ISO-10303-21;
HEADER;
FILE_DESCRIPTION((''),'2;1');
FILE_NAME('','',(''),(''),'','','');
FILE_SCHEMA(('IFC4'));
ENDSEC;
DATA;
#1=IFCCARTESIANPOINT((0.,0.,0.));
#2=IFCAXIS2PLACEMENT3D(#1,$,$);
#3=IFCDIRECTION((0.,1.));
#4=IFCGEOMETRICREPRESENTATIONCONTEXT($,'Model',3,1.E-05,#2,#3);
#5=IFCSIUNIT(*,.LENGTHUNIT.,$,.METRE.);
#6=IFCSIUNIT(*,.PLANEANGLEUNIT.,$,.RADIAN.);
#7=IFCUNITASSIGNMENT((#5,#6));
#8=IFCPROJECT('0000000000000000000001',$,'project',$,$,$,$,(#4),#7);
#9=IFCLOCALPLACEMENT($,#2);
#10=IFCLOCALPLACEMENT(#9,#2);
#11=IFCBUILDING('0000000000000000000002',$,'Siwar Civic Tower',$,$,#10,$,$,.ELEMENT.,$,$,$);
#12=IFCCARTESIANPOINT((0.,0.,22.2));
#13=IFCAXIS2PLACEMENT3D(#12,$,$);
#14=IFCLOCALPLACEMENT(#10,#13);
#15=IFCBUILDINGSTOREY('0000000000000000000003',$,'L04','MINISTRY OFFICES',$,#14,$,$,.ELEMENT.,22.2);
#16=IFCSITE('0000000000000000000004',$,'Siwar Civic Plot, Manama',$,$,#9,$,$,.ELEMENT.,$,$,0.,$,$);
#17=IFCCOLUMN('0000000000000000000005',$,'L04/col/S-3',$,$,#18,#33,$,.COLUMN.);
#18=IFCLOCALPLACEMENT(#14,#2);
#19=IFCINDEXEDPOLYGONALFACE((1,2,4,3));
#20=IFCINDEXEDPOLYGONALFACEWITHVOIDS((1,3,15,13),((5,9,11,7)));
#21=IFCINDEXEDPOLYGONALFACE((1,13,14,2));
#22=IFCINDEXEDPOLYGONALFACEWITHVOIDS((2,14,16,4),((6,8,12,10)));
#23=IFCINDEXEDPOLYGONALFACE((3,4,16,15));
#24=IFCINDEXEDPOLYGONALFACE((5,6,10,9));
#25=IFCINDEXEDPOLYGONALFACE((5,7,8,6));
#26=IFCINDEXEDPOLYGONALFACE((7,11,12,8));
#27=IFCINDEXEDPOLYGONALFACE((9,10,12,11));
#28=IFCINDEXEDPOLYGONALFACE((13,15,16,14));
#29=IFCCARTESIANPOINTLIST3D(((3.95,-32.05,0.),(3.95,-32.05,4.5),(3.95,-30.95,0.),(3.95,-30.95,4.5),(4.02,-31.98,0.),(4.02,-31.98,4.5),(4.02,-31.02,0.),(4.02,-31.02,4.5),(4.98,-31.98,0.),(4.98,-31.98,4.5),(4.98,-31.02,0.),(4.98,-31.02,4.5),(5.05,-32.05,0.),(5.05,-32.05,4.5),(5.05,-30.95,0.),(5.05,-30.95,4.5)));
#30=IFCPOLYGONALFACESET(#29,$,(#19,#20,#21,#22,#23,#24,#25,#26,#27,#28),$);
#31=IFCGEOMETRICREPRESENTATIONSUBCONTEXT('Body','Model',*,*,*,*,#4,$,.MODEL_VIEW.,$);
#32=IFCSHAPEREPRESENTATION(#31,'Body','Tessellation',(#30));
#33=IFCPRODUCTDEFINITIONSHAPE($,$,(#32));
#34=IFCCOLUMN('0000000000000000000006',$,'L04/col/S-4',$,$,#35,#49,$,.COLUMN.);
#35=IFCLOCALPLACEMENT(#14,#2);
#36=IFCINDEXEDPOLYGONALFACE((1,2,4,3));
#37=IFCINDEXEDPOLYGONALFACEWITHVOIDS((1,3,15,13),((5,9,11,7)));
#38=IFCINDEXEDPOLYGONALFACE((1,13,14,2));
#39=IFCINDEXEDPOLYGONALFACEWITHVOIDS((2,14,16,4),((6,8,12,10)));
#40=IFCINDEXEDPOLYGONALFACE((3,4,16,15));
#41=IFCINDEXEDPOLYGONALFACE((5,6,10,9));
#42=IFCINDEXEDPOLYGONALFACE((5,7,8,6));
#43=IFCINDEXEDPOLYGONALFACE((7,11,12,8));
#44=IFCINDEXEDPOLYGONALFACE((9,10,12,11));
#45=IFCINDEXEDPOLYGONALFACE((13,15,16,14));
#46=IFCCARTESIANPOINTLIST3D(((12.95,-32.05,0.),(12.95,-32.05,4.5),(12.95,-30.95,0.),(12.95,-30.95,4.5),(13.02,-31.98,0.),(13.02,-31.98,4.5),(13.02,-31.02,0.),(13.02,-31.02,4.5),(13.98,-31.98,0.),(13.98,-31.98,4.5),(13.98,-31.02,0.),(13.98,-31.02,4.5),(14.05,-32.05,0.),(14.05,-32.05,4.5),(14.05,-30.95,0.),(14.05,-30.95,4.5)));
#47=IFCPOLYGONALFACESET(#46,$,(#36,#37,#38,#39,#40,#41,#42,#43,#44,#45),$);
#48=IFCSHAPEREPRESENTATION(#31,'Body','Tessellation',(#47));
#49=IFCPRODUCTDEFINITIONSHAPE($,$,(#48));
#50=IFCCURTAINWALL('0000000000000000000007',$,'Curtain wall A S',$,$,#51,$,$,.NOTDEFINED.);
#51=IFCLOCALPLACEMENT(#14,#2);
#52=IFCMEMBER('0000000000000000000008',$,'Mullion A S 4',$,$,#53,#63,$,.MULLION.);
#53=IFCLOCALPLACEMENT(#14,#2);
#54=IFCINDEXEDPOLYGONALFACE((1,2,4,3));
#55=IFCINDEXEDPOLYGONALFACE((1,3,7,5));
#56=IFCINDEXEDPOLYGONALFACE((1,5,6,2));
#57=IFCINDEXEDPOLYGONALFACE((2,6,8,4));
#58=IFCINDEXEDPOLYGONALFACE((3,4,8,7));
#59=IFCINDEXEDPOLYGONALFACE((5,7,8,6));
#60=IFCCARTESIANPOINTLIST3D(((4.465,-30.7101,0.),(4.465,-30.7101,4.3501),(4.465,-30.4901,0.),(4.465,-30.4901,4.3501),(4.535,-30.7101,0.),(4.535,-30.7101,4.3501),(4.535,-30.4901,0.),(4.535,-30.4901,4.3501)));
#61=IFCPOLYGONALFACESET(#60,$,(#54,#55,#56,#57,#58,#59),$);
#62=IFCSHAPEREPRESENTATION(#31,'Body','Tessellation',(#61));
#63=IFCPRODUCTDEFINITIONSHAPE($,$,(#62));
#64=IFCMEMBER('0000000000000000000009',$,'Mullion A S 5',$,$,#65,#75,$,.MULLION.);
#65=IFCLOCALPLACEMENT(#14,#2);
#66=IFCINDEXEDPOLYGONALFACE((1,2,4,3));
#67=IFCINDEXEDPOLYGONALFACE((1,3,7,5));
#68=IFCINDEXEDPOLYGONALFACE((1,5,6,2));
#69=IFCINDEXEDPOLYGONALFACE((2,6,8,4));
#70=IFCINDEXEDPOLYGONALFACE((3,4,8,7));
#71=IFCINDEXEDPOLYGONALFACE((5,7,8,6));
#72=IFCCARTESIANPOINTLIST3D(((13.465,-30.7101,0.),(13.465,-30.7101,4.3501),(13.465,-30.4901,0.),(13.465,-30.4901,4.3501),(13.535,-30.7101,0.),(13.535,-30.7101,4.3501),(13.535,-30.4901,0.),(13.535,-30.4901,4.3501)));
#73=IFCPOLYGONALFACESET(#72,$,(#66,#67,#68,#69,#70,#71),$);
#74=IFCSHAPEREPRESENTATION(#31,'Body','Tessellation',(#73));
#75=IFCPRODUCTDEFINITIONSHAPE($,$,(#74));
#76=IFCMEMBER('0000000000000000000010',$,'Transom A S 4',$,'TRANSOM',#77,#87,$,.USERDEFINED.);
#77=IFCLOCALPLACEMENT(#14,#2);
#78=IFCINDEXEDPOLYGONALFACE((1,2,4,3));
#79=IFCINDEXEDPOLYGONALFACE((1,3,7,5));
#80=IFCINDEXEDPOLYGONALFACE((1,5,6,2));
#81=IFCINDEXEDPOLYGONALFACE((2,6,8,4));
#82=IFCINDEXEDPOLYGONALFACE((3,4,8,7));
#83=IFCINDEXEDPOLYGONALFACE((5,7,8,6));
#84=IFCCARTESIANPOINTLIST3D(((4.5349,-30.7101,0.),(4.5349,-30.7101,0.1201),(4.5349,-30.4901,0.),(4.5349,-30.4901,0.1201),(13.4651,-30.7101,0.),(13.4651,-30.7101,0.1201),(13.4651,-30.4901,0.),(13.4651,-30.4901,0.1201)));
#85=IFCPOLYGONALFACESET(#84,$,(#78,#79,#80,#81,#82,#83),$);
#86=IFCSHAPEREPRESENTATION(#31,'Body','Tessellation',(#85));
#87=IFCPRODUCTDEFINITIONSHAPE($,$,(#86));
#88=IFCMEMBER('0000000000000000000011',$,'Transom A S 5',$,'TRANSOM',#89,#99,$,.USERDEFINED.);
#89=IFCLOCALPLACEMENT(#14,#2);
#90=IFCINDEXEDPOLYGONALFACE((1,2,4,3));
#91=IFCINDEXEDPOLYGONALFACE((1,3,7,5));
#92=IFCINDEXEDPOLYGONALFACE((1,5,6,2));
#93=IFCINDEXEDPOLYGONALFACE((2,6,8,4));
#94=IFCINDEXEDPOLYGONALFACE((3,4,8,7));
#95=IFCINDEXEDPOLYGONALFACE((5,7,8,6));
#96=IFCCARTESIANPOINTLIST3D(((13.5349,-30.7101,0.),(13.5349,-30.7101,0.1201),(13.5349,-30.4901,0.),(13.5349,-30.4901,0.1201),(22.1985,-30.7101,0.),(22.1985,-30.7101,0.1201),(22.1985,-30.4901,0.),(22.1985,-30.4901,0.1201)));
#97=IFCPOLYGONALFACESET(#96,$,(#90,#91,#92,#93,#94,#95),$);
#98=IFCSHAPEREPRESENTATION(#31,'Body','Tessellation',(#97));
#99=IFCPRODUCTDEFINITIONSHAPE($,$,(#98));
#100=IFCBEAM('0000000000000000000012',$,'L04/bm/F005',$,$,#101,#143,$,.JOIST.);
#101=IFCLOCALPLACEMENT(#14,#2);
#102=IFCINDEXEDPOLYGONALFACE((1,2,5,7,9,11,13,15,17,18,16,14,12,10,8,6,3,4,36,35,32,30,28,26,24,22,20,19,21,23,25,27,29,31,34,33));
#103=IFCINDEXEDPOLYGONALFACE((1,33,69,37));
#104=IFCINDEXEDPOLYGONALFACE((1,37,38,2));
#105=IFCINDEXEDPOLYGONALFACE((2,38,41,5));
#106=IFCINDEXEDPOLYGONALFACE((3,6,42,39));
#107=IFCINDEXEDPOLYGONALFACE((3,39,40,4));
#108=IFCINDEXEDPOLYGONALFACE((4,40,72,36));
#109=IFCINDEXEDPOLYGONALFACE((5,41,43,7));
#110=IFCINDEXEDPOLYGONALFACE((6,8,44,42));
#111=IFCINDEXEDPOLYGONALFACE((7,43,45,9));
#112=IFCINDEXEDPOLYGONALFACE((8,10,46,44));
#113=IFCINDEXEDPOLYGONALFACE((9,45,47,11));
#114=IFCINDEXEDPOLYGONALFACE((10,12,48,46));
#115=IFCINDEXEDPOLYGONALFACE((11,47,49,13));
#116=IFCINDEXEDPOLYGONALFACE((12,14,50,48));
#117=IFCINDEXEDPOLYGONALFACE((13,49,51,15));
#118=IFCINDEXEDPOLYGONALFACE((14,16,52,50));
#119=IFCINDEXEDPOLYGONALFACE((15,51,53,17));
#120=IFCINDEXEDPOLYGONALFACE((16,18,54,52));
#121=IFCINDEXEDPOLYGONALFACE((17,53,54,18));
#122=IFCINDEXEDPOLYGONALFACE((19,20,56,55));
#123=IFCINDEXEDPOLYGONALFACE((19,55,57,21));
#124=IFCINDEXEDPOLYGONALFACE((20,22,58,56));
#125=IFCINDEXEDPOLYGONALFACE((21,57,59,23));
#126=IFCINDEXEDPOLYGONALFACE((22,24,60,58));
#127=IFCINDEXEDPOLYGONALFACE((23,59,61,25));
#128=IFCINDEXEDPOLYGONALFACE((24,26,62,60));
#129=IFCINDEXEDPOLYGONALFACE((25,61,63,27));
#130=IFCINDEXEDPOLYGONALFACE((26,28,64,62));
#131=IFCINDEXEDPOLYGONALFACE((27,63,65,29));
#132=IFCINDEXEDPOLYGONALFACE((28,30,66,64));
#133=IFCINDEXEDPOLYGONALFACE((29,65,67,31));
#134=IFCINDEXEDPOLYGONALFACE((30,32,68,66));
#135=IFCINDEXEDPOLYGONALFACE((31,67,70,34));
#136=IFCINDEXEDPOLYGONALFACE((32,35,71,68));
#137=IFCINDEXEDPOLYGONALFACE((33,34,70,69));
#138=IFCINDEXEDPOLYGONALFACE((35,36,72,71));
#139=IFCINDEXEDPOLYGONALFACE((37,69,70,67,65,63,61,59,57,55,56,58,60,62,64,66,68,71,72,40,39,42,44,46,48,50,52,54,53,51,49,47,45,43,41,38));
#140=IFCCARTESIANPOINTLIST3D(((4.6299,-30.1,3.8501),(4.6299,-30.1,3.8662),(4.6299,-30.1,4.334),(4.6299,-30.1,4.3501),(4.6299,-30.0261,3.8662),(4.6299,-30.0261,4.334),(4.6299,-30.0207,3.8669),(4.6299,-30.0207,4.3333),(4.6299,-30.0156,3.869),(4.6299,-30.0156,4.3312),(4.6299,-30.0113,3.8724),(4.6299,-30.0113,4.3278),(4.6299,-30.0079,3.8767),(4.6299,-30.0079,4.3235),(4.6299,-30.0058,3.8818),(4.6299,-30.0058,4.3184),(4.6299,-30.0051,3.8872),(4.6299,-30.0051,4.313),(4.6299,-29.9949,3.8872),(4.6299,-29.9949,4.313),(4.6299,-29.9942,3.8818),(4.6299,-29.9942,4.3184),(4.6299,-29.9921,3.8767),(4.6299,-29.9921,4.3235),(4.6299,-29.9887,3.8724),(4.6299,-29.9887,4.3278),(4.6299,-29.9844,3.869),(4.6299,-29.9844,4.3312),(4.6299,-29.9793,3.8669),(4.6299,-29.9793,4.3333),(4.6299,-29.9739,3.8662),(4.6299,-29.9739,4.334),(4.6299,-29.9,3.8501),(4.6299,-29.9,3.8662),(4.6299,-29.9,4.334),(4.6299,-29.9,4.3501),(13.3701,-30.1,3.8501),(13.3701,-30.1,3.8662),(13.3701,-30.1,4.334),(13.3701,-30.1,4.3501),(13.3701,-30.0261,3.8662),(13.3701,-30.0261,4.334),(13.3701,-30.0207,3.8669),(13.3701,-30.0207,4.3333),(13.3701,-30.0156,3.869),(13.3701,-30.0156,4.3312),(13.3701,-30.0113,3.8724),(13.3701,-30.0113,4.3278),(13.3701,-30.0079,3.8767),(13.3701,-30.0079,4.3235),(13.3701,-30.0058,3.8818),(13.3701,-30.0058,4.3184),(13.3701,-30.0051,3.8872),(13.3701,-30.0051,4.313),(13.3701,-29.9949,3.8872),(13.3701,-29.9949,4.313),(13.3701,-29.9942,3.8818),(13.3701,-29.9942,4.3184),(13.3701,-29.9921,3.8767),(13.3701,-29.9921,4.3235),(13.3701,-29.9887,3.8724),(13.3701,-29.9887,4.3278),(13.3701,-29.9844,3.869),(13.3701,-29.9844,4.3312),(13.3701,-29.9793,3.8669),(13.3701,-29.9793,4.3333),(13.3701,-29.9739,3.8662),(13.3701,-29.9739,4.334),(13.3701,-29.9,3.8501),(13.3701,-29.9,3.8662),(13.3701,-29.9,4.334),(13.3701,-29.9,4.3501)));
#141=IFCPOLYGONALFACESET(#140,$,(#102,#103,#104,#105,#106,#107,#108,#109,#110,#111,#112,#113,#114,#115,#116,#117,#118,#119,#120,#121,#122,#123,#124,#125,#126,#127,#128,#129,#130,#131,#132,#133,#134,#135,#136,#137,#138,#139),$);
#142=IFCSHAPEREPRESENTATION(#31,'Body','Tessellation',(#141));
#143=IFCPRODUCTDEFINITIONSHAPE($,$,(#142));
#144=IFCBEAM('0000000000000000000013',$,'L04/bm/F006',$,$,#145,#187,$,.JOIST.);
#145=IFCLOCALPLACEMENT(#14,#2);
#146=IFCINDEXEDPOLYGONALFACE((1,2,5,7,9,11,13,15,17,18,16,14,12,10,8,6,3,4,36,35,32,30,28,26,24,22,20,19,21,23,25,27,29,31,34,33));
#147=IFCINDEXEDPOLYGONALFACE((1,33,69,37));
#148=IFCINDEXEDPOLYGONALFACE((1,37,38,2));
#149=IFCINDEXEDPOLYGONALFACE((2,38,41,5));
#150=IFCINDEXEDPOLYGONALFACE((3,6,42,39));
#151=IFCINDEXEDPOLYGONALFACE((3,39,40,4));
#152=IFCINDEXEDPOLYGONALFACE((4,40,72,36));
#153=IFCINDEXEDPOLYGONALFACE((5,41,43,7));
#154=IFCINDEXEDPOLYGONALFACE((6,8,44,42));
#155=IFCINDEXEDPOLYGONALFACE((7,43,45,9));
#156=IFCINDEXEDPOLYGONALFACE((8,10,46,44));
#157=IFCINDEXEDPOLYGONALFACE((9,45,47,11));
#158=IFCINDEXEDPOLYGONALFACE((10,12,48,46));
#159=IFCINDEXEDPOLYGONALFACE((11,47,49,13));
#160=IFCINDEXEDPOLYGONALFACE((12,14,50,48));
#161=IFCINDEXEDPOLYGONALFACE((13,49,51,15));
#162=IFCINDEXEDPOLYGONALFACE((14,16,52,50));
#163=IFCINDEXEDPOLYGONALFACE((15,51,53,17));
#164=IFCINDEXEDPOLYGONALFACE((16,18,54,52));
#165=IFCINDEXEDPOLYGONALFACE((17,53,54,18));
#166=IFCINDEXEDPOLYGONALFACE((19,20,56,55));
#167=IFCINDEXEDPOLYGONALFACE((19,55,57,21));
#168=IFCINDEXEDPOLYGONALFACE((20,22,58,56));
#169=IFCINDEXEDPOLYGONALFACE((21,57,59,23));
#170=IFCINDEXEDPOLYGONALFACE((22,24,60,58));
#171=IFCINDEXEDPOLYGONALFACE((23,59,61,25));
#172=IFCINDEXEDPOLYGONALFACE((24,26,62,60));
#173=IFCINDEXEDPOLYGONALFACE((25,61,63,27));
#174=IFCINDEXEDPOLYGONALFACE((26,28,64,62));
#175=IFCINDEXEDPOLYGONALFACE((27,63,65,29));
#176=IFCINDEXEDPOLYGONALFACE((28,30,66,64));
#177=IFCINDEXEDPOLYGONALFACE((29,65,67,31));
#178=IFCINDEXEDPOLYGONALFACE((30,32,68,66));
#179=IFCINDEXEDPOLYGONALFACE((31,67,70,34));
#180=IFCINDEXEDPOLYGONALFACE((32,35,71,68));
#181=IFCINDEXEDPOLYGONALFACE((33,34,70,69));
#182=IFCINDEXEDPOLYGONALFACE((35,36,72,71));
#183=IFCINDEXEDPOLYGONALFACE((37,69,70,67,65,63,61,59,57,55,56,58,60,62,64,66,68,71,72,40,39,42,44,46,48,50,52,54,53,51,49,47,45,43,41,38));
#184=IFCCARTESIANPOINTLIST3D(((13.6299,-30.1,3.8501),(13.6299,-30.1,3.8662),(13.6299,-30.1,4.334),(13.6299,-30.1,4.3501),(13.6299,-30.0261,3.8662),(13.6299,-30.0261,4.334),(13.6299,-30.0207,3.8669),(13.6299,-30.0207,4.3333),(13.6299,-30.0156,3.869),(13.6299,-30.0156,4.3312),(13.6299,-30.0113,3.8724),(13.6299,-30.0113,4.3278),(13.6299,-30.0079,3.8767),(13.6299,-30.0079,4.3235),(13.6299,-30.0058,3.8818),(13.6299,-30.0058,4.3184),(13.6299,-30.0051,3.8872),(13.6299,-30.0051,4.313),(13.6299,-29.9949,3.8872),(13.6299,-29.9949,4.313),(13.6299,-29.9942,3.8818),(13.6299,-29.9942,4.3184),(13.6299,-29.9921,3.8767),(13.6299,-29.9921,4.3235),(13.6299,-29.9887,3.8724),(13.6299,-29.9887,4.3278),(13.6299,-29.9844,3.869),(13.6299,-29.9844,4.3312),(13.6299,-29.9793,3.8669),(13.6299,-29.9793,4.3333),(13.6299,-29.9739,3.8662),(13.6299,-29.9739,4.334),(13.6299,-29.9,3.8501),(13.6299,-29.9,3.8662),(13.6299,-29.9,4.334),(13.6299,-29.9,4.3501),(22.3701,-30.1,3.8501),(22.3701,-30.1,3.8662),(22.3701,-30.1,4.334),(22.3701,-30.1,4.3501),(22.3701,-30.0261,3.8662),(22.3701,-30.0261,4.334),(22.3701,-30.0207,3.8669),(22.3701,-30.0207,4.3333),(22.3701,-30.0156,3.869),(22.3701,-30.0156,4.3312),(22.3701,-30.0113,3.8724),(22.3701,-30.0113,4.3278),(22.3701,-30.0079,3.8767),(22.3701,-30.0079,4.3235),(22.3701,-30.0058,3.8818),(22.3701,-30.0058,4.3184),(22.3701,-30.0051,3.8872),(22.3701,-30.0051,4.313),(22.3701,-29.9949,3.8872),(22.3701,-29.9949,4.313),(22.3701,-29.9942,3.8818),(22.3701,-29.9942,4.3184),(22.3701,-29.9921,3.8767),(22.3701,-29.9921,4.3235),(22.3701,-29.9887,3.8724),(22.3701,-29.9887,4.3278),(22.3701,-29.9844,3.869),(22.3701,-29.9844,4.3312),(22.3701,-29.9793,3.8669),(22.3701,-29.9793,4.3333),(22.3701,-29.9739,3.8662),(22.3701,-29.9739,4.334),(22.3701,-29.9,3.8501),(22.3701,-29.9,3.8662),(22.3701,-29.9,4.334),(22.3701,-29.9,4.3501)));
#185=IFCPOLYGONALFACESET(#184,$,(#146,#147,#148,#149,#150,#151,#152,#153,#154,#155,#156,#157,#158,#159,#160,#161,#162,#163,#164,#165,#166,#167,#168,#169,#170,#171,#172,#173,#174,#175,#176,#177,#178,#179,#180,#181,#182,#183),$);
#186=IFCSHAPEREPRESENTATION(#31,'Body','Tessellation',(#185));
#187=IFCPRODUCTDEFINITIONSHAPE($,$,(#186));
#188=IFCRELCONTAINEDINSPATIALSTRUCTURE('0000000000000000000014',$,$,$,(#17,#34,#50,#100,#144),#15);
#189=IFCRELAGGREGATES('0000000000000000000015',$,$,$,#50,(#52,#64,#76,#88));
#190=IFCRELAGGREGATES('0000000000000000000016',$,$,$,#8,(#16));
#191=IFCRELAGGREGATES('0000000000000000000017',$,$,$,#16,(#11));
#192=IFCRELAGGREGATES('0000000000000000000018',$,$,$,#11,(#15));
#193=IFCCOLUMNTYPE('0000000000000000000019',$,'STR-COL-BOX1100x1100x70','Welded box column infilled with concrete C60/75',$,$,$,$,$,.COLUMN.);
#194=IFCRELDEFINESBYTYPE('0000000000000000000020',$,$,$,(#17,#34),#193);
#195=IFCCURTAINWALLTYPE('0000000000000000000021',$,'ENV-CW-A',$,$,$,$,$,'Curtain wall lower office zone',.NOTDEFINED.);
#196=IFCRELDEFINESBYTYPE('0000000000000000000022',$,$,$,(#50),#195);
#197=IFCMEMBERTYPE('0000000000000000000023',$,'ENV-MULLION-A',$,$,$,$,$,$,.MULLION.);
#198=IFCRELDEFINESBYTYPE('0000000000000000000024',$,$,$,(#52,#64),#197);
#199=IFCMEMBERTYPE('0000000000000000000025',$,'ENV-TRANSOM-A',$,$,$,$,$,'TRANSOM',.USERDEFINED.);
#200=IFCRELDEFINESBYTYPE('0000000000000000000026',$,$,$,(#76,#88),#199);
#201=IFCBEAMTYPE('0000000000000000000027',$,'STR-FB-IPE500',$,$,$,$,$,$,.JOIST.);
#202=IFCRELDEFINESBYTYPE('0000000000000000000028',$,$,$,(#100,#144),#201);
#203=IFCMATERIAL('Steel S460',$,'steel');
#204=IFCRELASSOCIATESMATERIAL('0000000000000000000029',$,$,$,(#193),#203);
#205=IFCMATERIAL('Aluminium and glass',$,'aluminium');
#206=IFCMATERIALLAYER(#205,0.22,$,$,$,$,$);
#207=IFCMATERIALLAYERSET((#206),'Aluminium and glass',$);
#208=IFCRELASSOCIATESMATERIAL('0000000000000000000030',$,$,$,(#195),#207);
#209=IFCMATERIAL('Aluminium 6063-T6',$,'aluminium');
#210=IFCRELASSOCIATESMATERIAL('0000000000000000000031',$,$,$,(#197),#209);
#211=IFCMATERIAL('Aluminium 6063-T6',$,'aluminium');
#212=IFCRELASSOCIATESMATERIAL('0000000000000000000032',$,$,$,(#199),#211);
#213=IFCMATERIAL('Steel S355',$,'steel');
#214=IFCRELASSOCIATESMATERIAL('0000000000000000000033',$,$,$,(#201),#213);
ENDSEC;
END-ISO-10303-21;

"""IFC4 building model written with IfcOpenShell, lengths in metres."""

from ifc_helpers import new_model, si_unit, direction, frame, origin, origin_2d, place, context, subcontext, project, spatial, rectangle, hollow_rectangle, i_section, extrude, material, layer, layer_set, material_profile, profile_set, type_object, element, aggregate, save


model = new_model("IFC4")

# Units and contexts
model_context = context("Model", 3, precision=1e-05, world=origin(), true_north=direction((0.0, 1.0)))
body_context = subcontext(model_context, "Body", "Model", "MODEL_VIEW")
ifc_project = project(units=[si_unit("LENGTHUNIT", "METRE"), si_unit("PLANEANGLEUNIT", "RADIAN")], contexts=[model_context])

# Site, building, storey
site_placement = place(None, origin())
site = spatial("IfcSite", under=ifc_project, at=site_placement, Name="Siwar Civic Plot, Manama", CompositionType="ELEMENT", RefElevation=0.0)
building_placement = place(site_placement, origin())
building = spatial("IfcBuilding", under=site, at=building_placement, Name="Siwar Civic Tower", CompositionType="ELEMENT")
storey_placement = place(building_placement, frame((0.0, 0.0, 22.2)))
storey = spatial("IfcBuildingStorey", under=building, at=storey_placement, Name="L04", Description="MINISTRY OFFICES", CompositionType="ELEMENT", Elevation=22.2)

# Columns
ifc_material_1 = material(Name="Steel S460", Category="steel")
ifc_material_profile_1 = material_profile(ifc_material_1, hollow_rectangle(XDim=1.1001, YDim=1.1001, WallThickness=0.0701, at=origin_2d()), Name="BOX1100x1100x70")
ifc_profile_set_1 = profile_set([ifc_material_profile_1], Name="Steel S460")
column_type = type_object("IfcColumnType", Name="STR-COL-BOX1100x1100x70", Description="Welded box column infilled with concrete C60/75", PredefinedType="COLUMN", material=ifc_profile_set_1)
for number, where, z_axis, x_axis, name in (
    (1, (4.5, -31.5, 0.0), (0.0, 0.0, 1.0), (1.0, 0.0, 0.0), "L04/col/S-3"),
    (2, (13.5, -31.5, 0.0), (0.0, 0.0, 1.0), (1.0, 0.0, 0.0), "L04/col/S-4"),
):
    element("IfcColumn", number, at=place(storey_placement, frame(where, z_axis=z_axis, x_axis=x_axis)), inside=storey, type_object=column_type, Name=name, PredefinedType="COLUMN", context=body_context, shape_type="SweptSolid", body=[
        extrude(hollow_rectangle(XDim=1.1001, YDim=1.1001, WallThickness=0.0701, at=origin_2d()), origin(), (0.0, 0.0, 1.0), 4.5),
    ])

# Curtain wall, members
ifc_material_2 = material(Name="Aluminium and glass", Category="aluminium")
ifc_layer_1 = layer(ifc_material_2, 0.22)
ifc_layer_set_1 = layer_set([ifc_layer_1], Name="Aluminium and glass")
curtain_wall_type = type_object("IfcCurtainWallType", Name="ENV-CW-A", ElementType="Curtain wall lower office zone", PredefinedType="NOTDEFINED", material=ifc_layer_set_1)
curtain_wall_placement = place(storey_placement, origin())
curtain_wall = element("IfcCurtainWall", 3, at=curtain_wall_placement, inside=storey, type_object=curtain_wall_type, Name="Curtain wall A S", PredefinedType="NOTDEFINED")
ifc_material_3 = material(Name="Aluminium 6063-T6", Category="aluminium")
ifc_material_profile_2 = material_profile(ifc_material_3, rectangle(XDim=0.22, YDim=0.0701, at=origin_2d()), Name="AL 220x70")
ifc_profile_set_2 = profile_set([ifc_material_profile_2], Name="Aluminium 6063-T6")
member_type_1 = type_object("IfcMemberType", Name="ENV-MULLION-A", PredefinedType="MULLION", material=ifc_profile_set_2)
member_1_placement = place(storey_placement, frame((4.5, -30.6001, 0.0), z_axis=(0.0, 0.0, 1.0), x_axis=(0.0, 1.0, 0.0)))
member_1 = element("IfcMember", 4, at=member_1_placement, type_object=member_type_1, Name="Mullion A S 4", PredefinedType="MULLION", context=body_context, shape_type="SweptSolid", body=[
    extrude(rectangle(XDim=0.22, YDim=0.0701, at=origin_2d()), origin(), (0.0, 0.0, 1.0), 4.3501),
])
member_2_placement = place(storey_placement, frame((13.5, -30.6001, 0.0), z_axis=(0.0, 0.0, 1.0), x_axis=(0.0, 1.0, 0.0)))
member_2 = element("IfcMember", 5, at=member_2_placement, type_object=member_type_1, Name="Mullion A S 5", PredefinedType="MULLION", context=body_context, shape_type="SweptSolid", body=[
    extrude(rectangle(XDim=0.22, YDim=0.0701, at=origin_2d()), origin(), (0.0, 0.0, 1.0), 4.3501),
])
ifc_material_4 = material(Name="Aluminium 6063-T6", Category="aluminium")
ifc_material_profile_3 = material_profile(ifc_material_4, rectangle(XDim=0.22, YDim=0.1201, at=origin_2d()), Name="AL 220x120")
ifc_profile_set_3 = profile_set([ifc_material_profile_3], Name="Aluminium 6063-T6")
member_type_2 = type_object("IfcMemberType", Name="ENV-TRANSOM-A", ElementType="TRANSOM", PredefinedType="USERDEFINED", material=ifc_profile_set_3)
member_3_placement = place(storey_placement, frame((4.5349, -30.6001, 0.0601), z_axis=(1.0, 0.0, 0.0), x_axis=(0.0, 1.0, 0.0)))
member_3 = element("IfcMember", 6, at=member_3_placement, type_object=member_type_2, Name="Transom A S 4", ObjectType="TRANSOM", PredefinedType="USERDEFINED", context=body_context, shape_type="SweptSolid", body=[
    extrude(rectangle(XDim=0.22, YDim=0.1201, at=origin_2d()), origin(), (0.0, 0.0, 1.0), 8.9302),
])
member_4_placement = place(storey_placement, frame((13.5349, -30.6001, 0.0601), z_axis=(1.0, 0.0, 0.0), x_axis=(0.0, 1.0, 0.0)))
member_4 = element("IfcMember", 7, at=member_4_placement, type_object=member_type_2, Name="Transom A S 5", ObjectType="TRANSOM", PredefinedType="USERDEFINED", context=body_context, shape_type="SweptSolid", body=[
    extrude(rectangle(XDim=0.22, YDim=0.1201, at=origin_2d()), origin(), (0.0, 0.0, 1.0), 8.6636),
])

# Beams
ifc_material_5 = material(Name="Steel S355", Category="steel")
ifc_material_profile_4 = material_profile(ifc_material_5, i_section(OverallWidth=0.2, OverallDepth=0.5, WebThickness=0.0103, FlangeThickness=0.0161, FilletRadius=0.021, at=origin_2d()), Name="IPE500")
ifc_profile_set_4 = profile_set([ifc_material_profile_4], Name="Steel S355")
beam_type_1 = type_object("IfcBeamType", Name="STR-FB-IPE500", PredefinedType="JOIST", material=ifc_profile_set_4)
for number, where, z_axis, x_axis, name in (
    (8, (4.6299, -30.0, 4.1001), (1.0, 0.0, 0.0), (0.0, 1.0, 0.0), "L04/bm/F005"),
    (9, (13.6299, -30.0, 4.1001), (1.0, 0.0, 0.0), (0.0, 1.0, 0.0), "L04/bm/F006"),
):
    element("IfcBeam", number, at=place(storey_placement, frame(where, z_axis=z_axis, x_axis=x_axis)), inside=storey, type_object=beam_type_1, Name=name, PredefinedType="JOIST", context=body_context, shape_type="SweptSolid", body=[
        extrude(i_section(OverallWidth=0.2, OverallDepth=0.5, WebThickness=0.0103, FlangeThickness=0.0161, FilletRadius=0.021, at=origin_2d()), origin(), (0.0, 0.0, 1.0), 8.7402),
    ])

aggregate(curtain_wall, [member_1, member_2, member_3, member_4])

save(model, "model.ifc")
